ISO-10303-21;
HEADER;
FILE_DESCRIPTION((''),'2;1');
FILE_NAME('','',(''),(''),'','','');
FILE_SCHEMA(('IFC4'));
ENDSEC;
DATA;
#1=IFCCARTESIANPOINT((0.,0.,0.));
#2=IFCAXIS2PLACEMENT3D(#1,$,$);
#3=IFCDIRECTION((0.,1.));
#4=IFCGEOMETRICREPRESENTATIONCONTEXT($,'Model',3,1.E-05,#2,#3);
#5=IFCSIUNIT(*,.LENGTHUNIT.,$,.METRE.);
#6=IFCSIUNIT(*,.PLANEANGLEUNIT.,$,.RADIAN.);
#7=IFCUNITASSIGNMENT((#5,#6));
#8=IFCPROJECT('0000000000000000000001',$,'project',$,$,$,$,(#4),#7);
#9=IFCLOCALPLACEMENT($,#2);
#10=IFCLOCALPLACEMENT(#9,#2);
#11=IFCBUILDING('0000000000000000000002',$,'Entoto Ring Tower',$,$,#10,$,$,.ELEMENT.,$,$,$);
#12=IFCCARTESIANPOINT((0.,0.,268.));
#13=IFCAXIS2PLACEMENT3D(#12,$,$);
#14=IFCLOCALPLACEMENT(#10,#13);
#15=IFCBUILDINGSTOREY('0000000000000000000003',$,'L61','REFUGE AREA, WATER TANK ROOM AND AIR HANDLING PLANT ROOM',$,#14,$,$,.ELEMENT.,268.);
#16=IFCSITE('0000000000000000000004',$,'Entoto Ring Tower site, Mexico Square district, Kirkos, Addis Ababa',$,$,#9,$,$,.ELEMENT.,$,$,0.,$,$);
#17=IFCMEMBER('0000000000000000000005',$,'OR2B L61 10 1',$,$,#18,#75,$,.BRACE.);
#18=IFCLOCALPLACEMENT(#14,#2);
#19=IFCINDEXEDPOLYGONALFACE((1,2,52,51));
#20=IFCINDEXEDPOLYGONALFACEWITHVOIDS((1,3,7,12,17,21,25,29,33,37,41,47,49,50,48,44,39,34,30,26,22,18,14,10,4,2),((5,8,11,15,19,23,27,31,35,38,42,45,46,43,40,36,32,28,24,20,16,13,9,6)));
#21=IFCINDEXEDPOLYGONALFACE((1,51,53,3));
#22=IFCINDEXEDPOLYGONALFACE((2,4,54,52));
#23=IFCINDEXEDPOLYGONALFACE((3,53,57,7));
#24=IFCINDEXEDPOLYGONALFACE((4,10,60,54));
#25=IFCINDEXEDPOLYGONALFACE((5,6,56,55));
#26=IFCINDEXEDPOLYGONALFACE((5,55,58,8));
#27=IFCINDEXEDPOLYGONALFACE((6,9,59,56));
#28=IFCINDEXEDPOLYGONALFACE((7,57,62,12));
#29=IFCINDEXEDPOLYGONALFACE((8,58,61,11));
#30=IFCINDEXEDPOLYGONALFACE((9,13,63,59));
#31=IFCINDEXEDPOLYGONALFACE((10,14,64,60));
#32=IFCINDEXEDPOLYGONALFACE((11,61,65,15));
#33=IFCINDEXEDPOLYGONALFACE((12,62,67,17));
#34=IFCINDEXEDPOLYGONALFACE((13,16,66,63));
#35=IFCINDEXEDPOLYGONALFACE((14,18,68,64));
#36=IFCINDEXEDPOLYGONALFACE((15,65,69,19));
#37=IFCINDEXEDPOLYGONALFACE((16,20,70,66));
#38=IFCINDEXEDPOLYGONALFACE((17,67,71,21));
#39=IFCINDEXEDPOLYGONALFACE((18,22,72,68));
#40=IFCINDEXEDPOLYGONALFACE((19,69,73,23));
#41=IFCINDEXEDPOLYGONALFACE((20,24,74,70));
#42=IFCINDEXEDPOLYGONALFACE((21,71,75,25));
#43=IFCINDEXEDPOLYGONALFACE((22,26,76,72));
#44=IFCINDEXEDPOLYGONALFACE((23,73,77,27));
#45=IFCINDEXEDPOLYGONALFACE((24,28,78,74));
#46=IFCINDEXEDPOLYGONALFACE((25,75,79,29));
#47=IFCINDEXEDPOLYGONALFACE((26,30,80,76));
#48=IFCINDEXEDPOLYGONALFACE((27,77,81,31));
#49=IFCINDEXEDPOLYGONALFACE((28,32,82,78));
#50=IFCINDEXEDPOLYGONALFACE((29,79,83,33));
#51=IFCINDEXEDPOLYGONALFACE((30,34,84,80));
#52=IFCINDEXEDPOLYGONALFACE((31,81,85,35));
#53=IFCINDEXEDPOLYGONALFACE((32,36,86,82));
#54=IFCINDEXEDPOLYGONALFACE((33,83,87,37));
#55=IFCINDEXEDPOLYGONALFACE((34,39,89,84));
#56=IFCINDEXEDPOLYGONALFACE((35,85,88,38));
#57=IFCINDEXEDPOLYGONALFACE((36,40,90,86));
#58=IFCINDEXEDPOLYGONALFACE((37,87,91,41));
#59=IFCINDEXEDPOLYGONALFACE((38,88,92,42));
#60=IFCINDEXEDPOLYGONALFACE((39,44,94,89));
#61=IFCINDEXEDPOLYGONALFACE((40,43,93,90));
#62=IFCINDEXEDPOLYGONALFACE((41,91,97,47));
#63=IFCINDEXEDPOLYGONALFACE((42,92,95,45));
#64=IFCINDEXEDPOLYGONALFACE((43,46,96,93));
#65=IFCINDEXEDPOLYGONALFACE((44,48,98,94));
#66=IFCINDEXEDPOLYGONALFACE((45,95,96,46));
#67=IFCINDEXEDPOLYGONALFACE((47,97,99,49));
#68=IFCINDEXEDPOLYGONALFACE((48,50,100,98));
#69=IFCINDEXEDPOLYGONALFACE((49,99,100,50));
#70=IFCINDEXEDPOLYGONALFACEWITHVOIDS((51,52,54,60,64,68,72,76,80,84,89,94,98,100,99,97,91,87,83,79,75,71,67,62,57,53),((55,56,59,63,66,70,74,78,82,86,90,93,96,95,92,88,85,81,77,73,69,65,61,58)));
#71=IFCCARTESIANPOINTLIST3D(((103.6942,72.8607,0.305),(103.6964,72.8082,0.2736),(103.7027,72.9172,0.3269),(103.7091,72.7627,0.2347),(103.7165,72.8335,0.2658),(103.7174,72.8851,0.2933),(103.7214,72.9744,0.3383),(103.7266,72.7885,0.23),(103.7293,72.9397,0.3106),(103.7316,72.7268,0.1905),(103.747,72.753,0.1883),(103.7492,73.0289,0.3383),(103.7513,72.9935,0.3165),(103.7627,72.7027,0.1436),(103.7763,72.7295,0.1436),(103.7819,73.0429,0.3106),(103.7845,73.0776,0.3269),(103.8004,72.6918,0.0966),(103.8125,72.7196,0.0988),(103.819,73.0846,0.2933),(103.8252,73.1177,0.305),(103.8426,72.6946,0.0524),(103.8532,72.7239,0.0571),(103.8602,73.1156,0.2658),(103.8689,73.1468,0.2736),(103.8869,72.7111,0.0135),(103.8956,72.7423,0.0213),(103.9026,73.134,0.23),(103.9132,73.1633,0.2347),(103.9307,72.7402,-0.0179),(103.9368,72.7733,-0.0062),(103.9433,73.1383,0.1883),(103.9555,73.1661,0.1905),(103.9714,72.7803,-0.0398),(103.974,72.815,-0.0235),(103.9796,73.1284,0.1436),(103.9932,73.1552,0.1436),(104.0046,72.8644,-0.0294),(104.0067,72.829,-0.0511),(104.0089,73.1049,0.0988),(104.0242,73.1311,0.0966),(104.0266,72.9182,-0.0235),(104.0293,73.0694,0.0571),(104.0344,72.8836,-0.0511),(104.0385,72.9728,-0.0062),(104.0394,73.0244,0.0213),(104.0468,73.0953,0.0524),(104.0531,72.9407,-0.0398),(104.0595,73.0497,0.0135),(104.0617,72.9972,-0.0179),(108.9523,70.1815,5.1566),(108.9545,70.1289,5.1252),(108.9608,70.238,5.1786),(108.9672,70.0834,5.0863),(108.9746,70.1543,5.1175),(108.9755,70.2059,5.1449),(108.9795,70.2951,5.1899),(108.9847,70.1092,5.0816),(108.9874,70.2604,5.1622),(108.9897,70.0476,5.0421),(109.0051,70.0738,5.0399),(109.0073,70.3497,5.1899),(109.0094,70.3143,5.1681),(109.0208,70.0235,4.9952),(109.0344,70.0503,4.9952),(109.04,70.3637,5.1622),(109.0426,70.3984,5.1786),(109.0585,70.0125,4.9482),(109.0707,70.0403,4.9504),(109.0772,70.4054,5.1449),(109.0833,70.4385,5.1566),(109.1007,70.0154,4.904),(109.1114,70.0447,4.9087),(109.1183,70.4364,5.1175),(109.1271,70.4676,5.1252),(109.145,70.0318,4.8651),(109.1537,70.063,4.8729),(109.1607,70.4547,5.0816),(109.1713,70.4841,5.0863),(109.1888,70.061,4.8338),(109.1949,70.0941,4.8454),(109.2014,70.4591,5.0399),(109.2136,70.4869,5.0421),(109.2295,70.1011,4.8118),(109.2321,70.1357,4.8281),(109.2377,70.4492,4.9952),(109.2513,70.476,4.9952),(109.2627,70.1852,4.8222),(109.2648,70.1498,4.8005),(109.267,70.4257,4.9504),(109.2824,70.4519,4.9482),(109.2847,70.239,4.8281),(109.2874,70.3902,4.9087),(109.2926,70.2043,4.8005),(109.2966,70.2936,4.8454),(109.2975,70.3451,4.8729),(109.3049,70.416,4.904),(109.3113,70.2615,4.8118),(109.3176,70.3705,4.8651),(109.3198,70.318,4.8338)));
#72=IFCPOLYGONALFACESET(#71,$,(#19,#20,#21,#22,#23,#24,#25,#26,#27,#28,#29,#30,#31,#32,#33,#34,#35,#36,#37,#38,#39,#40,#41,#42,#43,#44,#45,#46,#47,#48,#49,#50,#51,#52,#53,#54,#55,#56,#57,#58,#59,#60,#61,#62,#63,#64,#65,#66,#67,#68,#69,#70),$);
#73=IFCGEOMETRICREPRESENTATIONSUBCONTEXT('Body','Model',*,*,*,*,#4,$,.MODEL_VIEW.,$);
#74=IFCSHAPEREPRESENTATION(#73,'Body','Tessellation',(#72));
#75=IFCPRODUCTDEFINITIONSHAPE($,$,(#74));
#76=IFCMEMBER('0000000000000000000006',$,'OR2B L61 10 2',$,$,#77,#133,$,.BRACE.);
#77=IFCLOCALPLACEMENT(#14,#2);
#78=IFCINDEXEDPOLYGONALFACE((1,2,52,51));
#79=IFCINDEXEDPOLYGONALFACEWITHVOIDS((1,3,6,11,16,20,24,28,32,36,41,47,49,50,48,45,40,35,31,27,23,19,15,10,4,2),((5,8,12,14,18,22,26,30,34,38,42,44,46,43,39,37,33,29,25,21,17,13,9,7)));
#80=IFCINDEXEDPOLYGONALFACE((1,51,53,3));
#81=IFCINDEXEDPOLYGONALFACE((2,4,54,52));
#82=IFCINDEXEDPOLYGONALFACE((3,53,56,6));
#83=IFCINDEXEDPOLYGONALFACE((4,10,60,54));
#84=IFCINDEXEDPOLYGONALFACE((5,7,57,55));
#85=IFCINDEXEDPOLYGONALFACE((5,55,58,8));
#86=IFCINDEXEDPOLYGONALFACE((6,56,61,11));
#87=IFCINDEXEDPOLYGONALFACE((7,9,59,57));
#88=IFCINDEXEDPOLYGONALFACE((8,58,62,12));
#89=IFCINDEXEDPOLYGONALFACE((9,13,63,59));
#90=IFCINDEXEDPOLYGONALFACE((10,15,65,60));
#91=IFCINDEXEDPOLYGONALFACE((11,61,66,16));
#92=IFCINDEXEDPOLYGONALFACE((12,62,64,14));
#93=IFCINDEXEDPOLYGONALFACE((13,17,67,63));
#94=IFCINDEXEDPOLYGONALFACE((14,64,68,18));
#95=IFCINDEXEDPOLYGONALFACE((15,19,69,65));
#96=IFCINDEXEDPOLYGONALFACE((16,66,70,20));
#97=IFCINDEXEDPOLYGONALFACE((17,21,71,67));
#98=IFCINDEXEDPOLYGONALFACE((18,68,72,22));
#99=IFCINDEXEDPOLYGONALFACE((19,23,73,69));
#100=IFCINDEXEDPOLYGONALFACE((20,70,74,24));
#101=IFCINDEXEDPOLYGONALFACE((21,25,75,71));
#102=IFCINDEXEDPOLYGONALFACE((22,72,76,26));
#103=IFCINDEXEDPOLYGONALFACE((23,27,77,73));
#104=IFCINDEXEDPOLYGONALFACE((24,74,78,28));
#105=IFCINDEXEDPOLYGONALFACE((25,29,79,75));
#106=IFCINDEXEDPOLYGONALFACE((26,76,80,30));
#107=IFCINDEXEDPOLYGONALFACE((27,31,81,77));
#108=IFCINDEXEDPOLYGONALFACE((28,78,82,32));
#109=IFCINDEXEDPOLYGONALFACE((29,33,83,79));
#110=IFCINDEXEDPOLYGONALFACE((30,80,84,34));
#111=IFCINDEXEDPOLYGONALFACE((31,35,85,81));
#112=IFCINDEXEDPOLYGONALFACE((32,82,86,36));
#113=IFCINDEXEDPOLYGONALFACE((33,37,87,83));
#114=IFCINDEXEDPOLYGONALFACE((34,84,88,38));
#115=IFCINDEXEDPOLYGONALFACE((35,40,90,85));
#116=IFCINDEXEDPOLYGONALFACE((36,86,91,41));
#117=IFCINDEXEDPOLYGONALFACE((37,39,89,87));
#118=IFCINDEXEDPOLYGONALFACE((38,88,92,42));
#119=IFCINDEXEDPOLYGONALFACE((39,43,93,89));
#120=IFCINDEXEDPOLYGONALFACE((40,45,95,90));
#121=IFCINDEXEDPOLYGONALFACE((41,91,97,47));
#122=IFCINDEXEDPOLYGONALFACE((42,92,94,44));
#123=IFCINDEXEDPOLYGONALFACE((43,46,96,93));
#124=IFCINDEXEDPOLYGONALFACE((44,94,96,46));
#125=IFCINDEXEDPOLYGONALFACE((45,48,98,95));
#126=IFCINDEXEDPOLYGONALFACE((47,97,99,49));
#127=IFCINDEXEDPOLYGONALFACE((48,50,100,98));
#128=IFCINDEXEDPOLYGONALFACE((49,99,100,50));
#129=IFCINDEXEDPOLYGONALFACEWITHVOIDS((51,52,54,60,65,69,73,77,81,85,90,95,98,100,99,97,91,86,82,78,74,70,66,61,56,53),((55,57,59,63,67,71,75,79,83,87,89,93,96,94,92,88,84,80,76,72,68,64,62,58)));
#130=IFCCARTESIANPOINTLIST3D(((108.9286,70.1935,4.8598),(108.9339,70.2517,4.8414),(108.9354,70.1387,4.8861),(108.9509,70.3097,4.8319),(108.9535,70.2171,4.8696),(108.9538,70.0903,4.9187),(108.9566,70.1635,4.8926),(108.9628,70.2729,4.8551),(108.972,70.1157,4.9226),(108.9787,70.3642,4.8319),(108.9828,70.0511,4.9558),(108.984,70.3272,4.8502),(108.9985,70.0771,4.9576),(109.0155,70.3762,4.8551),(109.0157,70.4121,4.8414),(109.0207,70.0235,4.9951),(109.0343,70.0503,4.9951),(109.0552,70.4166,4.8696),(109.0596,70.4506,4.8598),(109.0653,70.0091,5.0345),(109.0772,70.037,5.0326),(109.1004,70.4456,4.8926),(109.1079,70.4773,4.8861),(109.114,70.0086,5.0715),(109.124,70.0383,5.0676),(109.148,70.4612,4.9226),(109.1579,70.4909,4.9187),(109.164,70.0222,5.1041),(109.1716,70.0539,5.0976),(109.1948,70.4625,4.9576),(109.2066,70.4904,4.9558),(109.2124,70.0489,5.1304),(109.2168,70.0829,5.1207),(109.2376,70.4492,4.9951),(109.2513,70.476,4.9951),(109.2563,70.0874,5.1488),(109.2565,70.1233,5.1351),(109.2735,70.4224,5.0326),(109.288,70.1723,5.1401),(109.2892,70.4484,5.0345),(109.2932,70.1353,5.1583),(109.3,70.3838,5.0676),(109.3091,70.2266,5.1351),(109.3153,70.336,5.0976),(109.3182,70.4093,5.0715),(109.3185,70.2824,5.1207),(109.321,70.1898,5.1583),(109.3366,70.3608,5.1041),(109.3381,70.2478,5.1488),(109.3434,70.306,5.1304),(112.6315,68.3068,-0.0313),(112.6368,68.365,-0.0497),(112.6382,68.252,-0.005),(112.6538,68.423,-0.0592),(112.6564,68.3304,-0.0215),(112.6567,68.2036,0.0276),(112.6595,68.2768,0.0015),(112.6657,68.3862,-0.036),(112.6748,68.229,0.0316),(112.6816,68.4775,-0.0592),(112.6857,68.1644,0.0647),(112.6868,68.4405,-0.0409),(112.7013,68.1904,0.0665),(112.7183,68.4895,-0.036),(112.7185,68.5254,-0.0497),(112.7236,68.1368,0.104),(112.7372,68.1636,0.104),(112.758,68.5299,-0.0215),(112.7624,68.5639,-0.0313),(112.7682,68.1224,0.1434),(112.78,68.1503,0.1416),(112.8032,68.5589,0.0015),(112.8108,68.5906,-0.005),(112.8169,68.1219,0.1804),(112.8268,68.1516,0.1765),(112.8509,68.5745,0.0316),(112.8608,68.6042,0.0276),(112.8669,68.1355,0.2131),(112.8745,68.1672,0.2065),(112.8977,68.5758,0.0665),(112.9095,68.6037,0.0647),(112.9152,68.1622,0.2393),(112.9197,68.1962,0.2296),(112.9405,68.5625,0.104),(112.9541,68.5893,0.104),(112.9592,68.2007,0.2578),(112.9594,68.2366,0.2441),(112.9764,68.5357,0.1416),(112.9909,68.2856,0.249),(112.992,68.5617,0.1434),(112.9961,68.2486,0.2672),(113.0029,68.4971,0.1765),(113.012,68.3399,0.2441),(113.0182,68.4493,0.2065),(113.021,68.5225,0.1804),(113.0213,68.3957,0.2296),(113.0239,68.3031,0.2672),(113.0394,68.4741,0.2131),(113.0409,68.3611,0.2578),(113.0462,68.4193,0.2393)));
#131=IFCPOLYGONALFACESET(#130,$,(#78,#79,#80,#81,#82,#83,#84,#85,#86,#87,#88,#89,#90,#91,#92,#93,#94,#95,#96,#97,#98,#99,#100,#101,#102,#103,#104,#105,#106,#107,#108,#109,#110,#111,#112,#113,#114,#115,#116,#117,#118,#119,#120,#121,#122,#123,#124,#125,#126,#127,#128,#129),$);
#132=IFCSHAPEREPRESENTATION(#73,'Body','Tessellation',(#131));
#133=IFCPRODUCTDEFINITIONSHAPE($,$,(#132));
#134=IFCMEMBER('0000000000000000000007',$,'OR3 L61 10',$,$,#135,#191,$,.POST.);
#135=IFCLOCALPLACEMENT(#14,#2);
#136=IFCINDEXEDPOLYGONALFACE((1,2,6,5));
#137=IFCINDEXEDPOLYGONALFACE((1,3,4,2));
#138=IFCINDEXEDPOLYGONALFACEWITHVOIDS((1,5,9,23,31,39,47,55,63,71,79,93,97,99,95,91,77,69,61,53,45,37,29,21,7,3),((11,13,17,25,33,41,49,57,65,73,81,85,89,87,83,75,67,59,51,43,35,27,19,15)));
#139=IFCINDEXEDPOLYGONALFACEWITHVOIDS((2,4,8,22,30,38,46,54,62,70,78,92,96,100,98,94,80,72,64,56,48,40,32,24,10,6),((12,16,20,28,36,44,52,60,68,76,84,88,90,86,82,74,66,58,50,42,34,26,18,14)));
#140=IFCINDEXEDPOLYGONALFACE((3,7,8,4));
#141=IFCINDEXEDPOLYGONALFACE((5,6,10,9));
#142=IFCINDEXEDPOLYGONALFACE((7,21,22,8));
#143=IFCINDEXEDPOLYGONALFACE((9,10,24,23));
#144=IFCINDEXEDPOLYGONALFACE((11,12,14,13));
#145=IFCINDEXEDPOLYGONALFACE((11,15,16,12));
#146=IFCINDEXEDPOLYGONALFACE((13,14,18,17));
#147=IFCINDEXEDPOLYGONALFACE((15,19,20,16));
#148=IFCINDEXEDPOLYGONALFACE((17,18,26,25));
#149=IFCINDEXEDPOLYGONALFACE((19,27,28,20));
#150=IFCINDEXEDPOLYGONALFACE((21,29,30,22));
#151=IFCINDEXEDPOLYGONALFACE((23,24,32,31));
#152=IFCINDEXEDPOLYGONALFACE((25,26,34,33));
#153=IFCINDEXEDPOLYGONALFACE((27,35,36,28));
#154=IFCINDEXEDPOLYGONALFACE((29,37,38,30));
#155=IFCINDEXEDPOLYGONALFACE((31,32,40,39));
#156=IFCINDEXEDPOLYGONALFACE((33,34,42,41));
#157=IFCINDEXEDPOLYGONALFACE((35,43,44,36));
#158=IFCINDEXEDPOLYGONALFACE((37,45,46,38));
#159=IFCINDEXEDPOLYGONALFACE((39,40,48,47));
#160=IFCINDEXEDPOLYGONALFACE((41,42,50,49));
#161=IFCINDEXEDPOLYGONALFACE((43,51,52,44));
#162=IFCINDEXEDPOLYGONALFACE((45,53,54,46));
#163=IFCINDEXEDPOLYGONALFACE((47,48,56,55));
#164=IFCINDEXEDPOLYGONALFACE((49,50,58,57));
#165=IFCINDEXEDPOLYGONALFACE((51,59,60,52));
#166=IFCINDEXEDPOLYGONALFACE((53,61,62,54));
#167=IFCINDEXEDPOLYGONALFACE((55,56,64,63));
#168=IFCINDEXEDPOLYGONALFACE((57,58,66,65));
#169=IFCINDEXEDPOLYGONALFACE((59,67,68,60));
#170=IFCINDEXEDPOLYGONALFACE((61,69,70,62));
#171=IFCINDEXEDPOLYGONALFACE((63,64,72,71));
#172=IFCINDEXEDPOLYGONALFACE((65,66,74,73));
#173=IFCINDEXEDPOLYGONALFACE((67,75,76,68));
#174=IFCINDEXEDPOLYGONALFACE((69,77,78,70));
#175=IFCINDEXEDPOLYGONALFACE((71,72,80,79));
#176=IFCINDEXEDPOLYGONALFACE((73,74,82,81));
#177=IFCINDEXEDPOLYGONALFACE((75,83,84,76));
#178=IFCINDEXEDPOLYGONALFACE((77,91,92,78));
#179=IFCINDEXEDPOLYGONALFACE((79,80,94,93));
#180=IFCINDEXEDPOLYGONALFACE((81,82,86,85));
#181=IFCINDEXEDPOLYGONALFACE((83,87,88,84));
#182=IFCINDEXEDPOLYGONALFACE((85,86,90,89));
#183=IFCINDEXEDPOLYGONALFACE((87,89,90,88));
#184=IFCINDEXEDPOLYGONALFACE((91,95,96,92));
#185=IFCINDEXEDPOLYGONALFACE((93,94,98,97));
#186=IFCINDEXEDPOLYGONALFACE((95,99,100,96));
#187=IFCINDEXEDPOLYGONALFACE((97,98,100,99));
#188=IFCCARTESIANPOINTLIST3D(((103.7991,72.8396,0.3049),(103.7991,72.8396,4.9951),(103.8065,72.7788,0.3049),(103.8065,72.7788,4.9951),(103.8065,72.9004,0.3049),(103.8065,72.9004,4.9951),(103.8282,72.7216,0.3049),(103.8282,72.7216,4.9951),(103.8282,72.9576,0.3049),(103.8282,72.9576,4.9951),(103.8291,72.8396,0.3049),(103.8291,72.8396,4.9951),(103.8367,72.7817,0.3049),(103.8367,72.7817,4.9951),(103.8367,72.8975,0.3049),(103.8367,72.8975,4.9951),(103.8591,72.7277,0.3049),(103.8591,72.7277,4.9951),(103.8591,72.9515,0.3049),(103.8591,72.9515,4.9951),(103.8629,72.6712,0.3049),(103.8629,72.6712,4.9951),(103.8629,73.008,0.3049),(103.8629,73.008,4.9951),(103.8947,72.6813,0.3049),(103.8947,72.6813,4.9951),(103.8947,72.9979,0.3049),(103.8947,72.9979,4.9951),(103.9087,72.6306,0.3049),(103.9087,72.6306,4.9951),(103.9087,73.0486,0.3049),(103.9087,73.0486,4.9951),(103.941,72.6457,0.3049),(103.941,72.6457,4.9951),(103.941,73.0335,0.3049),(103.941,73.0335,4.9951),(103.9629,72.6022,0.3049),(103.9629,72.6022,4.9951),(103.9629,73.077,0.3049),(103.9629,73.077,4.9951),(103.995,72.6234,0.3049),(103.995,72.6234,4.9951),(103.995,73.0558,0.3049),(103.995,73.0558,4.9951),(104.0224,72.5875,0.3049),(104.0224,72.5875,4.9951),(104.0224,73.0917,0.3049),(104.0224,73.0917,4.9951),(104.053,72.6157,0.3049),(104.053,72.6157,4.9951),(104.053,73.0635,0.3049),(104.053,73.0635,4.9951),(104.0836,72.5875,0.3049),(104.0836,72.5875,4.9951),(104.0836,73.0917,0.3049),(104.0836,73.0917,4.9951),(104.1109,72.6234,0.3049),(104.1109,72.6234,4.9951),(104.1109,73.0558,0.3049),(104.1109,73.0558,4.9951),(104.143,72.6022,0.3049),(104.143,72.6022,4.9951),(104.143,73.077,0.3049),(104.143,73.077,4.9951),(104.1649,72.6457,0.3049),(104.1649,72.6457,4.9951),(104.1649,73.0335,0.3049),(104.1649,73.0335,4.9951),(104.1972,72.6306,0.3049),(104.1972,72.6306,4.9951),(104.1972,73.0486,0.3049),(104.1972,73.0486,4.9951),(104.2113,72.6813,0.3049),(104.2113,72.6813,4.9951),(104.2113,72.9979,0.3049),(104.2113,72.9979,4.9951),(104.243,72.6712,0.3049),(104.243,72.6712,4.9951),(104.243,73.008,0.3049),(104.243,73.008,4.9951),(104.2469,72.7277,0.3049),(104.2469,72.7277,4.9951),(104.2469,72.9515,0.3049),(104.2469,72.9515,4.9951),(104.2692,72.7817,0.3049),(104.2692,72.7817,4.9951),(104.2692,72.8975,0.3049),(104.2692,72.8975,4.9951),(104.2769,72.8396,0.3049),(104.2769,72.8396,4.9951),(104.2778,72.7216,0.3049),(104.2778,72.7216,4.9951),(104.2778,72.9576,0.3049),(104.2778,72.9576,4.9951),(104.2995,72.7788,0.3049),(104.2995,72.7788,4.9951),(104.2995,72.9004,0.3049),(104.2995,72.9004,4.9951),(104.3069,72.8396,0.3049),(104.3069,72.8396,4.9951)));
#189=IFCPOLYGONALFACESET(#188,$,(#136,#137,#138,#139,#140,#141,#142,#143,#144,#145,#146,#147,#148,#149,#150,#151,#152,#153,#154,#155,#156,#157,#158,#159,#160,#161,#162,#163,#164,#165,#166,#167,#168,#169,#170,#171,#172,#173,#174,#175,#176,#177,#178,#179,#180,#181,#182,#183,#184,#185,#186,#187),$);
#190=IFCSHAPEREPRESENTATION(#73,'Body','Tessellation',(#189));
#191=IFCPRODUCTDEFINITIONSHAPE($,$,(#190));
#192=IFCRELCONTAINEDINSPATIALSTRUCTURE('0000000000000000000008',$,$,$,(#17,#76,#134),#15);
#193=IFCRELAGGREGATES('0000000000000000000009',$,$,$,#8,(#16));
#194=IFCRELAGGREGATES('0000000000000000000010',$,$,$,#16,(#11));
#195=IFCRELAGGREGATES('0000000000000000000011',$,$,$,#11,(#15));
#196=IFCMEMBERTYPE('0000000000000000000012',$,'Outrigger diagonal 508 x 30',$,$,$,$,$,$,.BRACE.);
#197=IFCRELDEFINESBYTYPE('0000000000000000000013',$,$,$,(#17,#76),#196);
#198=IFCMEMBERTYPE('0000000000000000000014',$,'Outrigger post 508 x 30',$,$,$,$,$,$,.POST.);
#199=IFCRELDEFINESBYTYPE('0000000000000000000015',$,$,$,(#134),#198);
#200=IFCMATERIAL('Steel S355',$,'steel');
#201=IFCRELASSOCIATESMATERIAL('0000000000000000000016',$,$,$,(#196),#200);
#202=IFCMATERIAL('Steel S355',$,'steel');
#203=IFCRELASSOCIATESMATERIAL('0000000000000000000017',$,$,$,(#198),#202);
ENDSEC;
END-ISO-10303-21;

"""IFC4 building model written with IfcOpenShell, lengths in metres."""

from ifc_helpers import new_model, si_unit, direction, frame, origin, origin_2d, place, context, subcontext, project, spatial, circle, hollow_circle, extrude, material, material_profile, profile_set, type_object, element, save


model = new_model("IFC4")

# Units and contexts
model_context = context("Model", 3, precision=1e-05, world=origin(), true_north=direction((0.0, 1.0)))
body_context = subcontext(model_context, "Body", "Model", "MODEL_VIEW")
ifc_project = project(units=[si_unit("LENGTHUNIT", "METRE"), si_unit("PLANEANGLEUNIT", "RADIAN")], contexts=[model_context])

# Site, building, storey
site_placement = place(None, origin())
site = spatial("IfcSite", under=ifc_project, at=site_placement, Name="Entoto Ring Tower site, Mexico Square district, Kirkos, Addis Ababa", CompositionType="ELEMENT", RefElevation=0.0)
building_placement = place(site_placement, origin())
building = spatial("IfcBuilding", under=site, at=building_placement, Name="Entoto Ring Tower", CompositionType="ELEMENT")
storey_placement = place(building_placement, frame((0.0, 0.0, 268.0)))
storey = spatial("IfcBuildingStorey", under=building, at=storey_placement, Name="L61", Description="REFUGE AREA, WATER TANK ROOM AND AIR HANDLING PLANT ROOM", CompositionType="ELEMENT", Elevation=268.0)

# Members
ifc_material_1 = material(Name="Steel S355", Category="steel")
ifc_material_profile_1 = material_profile(ifc_material_1, hollow_circle(Radius=0.2539, WallThickness=0.03, at=origin_2d()), Name="CHS 508 x 30")
ifc_material_2 = material(Name="Concrete C60/75", Category="concrete")
ifc_material_profile_2 = material_profile(ifc_material_2, circle(Radius=0.2241, at=origin_2d()), Name="Concrete C60/75 infill")
ifc_profile_set_1 = profile_set([ifc_material_profile_1, ifc_material_profile_2], Name="Steel S355")
member_type_1 = type_object("IfcMemberType", Name="Outrigger diagonal 508 x 30", PredefinedType="BRACE", material=ifc_profile_set_1)
member_1_placement = place(storey_placement, frame((103.8779, 72.929, 0.1436), z_axis=(0.688267, -0.350701, 0.635058), x_axis=(0.454002, 0.891001, 0.0)))
element("IfcMember", 1, at=member_1_placement, inside=storey, type_object=member_type_1, Name="OR2B L61 10 1", PredefinedType="BRACE", context=body_context, shape_type="SweptSolid", body=[
    extrude(hollow_circle(Radius=0.2539, WallThickness=0.03, at=origin_2d()), origin(), (0.0, 0.0, 1.0), 7.6396),
])
member_2_placement = place(storey_placement, frame((109.136, 70.2498, 4.9951), z_axis=(0.576929, -0.293961, -0.762063), x_axis=(0.453992, 0.891006, 0.0)))
element("IfcMember", 2, at=member_2_placement, inside=storey, type_object=member_type_1, Name="OR2B L61 10 2", PredefinedType="BRACE", context=body_context, shape_type="SweptSolid", body=[
    extrude(hollow_circle(Radius=0.2539, WallThickness=0.03, at=origin_2d()), origin(), (0.0, 0.0, 1.0), 6.4182),
])
ifc_material_3 = material(Name="Steel S355", Category="steel")
ifc_material_profile_3 = material_profile(ifc_material_3, hollow_circle(Radius=0.2539, WallThickness=0.03, at=origin_2d()), Name="CHS 508 x 30")
ifc_material_4 = material(Name="Concrete C60/75", Category="concrete")
ifc_material_profile_4 = material_profile(ifc_material_4, circle(Radius=0.2241, at=origin_2d()), Name="Concrete C60/75 infill")
ifc_profile_set_2 = profile_set([ifc_material_profile_3, ifc_material_profile_4], Name="Steel S355")
member_type_2 = type_object("IfcMemberType", Name="Outrigger post 508 x 30", PredefinedType="POST", material=ifc_profile_set_2)
member_3_placement = place(storey_placement, frame((104.053, 72.8396, 0.3049), z_axis=(0.0, 0.0, 1.0), x_axis=(1.0, 0.0, 0.0)))
element("IfcMember", 3, at=member_3_placement, inside=storey, type_object=member_type_2, Name="OR3 L61 10", PredefinedType="POST", context=body_context, shape_type="SweptSolid", body=[
    extrude(hollow_circle(Radius=0.2539, WallThickness=0.03, at=origin_2d()), origin(), (0.0, 0.0, 1.0), 4.6902),
])

save(model, "model.ifc")
